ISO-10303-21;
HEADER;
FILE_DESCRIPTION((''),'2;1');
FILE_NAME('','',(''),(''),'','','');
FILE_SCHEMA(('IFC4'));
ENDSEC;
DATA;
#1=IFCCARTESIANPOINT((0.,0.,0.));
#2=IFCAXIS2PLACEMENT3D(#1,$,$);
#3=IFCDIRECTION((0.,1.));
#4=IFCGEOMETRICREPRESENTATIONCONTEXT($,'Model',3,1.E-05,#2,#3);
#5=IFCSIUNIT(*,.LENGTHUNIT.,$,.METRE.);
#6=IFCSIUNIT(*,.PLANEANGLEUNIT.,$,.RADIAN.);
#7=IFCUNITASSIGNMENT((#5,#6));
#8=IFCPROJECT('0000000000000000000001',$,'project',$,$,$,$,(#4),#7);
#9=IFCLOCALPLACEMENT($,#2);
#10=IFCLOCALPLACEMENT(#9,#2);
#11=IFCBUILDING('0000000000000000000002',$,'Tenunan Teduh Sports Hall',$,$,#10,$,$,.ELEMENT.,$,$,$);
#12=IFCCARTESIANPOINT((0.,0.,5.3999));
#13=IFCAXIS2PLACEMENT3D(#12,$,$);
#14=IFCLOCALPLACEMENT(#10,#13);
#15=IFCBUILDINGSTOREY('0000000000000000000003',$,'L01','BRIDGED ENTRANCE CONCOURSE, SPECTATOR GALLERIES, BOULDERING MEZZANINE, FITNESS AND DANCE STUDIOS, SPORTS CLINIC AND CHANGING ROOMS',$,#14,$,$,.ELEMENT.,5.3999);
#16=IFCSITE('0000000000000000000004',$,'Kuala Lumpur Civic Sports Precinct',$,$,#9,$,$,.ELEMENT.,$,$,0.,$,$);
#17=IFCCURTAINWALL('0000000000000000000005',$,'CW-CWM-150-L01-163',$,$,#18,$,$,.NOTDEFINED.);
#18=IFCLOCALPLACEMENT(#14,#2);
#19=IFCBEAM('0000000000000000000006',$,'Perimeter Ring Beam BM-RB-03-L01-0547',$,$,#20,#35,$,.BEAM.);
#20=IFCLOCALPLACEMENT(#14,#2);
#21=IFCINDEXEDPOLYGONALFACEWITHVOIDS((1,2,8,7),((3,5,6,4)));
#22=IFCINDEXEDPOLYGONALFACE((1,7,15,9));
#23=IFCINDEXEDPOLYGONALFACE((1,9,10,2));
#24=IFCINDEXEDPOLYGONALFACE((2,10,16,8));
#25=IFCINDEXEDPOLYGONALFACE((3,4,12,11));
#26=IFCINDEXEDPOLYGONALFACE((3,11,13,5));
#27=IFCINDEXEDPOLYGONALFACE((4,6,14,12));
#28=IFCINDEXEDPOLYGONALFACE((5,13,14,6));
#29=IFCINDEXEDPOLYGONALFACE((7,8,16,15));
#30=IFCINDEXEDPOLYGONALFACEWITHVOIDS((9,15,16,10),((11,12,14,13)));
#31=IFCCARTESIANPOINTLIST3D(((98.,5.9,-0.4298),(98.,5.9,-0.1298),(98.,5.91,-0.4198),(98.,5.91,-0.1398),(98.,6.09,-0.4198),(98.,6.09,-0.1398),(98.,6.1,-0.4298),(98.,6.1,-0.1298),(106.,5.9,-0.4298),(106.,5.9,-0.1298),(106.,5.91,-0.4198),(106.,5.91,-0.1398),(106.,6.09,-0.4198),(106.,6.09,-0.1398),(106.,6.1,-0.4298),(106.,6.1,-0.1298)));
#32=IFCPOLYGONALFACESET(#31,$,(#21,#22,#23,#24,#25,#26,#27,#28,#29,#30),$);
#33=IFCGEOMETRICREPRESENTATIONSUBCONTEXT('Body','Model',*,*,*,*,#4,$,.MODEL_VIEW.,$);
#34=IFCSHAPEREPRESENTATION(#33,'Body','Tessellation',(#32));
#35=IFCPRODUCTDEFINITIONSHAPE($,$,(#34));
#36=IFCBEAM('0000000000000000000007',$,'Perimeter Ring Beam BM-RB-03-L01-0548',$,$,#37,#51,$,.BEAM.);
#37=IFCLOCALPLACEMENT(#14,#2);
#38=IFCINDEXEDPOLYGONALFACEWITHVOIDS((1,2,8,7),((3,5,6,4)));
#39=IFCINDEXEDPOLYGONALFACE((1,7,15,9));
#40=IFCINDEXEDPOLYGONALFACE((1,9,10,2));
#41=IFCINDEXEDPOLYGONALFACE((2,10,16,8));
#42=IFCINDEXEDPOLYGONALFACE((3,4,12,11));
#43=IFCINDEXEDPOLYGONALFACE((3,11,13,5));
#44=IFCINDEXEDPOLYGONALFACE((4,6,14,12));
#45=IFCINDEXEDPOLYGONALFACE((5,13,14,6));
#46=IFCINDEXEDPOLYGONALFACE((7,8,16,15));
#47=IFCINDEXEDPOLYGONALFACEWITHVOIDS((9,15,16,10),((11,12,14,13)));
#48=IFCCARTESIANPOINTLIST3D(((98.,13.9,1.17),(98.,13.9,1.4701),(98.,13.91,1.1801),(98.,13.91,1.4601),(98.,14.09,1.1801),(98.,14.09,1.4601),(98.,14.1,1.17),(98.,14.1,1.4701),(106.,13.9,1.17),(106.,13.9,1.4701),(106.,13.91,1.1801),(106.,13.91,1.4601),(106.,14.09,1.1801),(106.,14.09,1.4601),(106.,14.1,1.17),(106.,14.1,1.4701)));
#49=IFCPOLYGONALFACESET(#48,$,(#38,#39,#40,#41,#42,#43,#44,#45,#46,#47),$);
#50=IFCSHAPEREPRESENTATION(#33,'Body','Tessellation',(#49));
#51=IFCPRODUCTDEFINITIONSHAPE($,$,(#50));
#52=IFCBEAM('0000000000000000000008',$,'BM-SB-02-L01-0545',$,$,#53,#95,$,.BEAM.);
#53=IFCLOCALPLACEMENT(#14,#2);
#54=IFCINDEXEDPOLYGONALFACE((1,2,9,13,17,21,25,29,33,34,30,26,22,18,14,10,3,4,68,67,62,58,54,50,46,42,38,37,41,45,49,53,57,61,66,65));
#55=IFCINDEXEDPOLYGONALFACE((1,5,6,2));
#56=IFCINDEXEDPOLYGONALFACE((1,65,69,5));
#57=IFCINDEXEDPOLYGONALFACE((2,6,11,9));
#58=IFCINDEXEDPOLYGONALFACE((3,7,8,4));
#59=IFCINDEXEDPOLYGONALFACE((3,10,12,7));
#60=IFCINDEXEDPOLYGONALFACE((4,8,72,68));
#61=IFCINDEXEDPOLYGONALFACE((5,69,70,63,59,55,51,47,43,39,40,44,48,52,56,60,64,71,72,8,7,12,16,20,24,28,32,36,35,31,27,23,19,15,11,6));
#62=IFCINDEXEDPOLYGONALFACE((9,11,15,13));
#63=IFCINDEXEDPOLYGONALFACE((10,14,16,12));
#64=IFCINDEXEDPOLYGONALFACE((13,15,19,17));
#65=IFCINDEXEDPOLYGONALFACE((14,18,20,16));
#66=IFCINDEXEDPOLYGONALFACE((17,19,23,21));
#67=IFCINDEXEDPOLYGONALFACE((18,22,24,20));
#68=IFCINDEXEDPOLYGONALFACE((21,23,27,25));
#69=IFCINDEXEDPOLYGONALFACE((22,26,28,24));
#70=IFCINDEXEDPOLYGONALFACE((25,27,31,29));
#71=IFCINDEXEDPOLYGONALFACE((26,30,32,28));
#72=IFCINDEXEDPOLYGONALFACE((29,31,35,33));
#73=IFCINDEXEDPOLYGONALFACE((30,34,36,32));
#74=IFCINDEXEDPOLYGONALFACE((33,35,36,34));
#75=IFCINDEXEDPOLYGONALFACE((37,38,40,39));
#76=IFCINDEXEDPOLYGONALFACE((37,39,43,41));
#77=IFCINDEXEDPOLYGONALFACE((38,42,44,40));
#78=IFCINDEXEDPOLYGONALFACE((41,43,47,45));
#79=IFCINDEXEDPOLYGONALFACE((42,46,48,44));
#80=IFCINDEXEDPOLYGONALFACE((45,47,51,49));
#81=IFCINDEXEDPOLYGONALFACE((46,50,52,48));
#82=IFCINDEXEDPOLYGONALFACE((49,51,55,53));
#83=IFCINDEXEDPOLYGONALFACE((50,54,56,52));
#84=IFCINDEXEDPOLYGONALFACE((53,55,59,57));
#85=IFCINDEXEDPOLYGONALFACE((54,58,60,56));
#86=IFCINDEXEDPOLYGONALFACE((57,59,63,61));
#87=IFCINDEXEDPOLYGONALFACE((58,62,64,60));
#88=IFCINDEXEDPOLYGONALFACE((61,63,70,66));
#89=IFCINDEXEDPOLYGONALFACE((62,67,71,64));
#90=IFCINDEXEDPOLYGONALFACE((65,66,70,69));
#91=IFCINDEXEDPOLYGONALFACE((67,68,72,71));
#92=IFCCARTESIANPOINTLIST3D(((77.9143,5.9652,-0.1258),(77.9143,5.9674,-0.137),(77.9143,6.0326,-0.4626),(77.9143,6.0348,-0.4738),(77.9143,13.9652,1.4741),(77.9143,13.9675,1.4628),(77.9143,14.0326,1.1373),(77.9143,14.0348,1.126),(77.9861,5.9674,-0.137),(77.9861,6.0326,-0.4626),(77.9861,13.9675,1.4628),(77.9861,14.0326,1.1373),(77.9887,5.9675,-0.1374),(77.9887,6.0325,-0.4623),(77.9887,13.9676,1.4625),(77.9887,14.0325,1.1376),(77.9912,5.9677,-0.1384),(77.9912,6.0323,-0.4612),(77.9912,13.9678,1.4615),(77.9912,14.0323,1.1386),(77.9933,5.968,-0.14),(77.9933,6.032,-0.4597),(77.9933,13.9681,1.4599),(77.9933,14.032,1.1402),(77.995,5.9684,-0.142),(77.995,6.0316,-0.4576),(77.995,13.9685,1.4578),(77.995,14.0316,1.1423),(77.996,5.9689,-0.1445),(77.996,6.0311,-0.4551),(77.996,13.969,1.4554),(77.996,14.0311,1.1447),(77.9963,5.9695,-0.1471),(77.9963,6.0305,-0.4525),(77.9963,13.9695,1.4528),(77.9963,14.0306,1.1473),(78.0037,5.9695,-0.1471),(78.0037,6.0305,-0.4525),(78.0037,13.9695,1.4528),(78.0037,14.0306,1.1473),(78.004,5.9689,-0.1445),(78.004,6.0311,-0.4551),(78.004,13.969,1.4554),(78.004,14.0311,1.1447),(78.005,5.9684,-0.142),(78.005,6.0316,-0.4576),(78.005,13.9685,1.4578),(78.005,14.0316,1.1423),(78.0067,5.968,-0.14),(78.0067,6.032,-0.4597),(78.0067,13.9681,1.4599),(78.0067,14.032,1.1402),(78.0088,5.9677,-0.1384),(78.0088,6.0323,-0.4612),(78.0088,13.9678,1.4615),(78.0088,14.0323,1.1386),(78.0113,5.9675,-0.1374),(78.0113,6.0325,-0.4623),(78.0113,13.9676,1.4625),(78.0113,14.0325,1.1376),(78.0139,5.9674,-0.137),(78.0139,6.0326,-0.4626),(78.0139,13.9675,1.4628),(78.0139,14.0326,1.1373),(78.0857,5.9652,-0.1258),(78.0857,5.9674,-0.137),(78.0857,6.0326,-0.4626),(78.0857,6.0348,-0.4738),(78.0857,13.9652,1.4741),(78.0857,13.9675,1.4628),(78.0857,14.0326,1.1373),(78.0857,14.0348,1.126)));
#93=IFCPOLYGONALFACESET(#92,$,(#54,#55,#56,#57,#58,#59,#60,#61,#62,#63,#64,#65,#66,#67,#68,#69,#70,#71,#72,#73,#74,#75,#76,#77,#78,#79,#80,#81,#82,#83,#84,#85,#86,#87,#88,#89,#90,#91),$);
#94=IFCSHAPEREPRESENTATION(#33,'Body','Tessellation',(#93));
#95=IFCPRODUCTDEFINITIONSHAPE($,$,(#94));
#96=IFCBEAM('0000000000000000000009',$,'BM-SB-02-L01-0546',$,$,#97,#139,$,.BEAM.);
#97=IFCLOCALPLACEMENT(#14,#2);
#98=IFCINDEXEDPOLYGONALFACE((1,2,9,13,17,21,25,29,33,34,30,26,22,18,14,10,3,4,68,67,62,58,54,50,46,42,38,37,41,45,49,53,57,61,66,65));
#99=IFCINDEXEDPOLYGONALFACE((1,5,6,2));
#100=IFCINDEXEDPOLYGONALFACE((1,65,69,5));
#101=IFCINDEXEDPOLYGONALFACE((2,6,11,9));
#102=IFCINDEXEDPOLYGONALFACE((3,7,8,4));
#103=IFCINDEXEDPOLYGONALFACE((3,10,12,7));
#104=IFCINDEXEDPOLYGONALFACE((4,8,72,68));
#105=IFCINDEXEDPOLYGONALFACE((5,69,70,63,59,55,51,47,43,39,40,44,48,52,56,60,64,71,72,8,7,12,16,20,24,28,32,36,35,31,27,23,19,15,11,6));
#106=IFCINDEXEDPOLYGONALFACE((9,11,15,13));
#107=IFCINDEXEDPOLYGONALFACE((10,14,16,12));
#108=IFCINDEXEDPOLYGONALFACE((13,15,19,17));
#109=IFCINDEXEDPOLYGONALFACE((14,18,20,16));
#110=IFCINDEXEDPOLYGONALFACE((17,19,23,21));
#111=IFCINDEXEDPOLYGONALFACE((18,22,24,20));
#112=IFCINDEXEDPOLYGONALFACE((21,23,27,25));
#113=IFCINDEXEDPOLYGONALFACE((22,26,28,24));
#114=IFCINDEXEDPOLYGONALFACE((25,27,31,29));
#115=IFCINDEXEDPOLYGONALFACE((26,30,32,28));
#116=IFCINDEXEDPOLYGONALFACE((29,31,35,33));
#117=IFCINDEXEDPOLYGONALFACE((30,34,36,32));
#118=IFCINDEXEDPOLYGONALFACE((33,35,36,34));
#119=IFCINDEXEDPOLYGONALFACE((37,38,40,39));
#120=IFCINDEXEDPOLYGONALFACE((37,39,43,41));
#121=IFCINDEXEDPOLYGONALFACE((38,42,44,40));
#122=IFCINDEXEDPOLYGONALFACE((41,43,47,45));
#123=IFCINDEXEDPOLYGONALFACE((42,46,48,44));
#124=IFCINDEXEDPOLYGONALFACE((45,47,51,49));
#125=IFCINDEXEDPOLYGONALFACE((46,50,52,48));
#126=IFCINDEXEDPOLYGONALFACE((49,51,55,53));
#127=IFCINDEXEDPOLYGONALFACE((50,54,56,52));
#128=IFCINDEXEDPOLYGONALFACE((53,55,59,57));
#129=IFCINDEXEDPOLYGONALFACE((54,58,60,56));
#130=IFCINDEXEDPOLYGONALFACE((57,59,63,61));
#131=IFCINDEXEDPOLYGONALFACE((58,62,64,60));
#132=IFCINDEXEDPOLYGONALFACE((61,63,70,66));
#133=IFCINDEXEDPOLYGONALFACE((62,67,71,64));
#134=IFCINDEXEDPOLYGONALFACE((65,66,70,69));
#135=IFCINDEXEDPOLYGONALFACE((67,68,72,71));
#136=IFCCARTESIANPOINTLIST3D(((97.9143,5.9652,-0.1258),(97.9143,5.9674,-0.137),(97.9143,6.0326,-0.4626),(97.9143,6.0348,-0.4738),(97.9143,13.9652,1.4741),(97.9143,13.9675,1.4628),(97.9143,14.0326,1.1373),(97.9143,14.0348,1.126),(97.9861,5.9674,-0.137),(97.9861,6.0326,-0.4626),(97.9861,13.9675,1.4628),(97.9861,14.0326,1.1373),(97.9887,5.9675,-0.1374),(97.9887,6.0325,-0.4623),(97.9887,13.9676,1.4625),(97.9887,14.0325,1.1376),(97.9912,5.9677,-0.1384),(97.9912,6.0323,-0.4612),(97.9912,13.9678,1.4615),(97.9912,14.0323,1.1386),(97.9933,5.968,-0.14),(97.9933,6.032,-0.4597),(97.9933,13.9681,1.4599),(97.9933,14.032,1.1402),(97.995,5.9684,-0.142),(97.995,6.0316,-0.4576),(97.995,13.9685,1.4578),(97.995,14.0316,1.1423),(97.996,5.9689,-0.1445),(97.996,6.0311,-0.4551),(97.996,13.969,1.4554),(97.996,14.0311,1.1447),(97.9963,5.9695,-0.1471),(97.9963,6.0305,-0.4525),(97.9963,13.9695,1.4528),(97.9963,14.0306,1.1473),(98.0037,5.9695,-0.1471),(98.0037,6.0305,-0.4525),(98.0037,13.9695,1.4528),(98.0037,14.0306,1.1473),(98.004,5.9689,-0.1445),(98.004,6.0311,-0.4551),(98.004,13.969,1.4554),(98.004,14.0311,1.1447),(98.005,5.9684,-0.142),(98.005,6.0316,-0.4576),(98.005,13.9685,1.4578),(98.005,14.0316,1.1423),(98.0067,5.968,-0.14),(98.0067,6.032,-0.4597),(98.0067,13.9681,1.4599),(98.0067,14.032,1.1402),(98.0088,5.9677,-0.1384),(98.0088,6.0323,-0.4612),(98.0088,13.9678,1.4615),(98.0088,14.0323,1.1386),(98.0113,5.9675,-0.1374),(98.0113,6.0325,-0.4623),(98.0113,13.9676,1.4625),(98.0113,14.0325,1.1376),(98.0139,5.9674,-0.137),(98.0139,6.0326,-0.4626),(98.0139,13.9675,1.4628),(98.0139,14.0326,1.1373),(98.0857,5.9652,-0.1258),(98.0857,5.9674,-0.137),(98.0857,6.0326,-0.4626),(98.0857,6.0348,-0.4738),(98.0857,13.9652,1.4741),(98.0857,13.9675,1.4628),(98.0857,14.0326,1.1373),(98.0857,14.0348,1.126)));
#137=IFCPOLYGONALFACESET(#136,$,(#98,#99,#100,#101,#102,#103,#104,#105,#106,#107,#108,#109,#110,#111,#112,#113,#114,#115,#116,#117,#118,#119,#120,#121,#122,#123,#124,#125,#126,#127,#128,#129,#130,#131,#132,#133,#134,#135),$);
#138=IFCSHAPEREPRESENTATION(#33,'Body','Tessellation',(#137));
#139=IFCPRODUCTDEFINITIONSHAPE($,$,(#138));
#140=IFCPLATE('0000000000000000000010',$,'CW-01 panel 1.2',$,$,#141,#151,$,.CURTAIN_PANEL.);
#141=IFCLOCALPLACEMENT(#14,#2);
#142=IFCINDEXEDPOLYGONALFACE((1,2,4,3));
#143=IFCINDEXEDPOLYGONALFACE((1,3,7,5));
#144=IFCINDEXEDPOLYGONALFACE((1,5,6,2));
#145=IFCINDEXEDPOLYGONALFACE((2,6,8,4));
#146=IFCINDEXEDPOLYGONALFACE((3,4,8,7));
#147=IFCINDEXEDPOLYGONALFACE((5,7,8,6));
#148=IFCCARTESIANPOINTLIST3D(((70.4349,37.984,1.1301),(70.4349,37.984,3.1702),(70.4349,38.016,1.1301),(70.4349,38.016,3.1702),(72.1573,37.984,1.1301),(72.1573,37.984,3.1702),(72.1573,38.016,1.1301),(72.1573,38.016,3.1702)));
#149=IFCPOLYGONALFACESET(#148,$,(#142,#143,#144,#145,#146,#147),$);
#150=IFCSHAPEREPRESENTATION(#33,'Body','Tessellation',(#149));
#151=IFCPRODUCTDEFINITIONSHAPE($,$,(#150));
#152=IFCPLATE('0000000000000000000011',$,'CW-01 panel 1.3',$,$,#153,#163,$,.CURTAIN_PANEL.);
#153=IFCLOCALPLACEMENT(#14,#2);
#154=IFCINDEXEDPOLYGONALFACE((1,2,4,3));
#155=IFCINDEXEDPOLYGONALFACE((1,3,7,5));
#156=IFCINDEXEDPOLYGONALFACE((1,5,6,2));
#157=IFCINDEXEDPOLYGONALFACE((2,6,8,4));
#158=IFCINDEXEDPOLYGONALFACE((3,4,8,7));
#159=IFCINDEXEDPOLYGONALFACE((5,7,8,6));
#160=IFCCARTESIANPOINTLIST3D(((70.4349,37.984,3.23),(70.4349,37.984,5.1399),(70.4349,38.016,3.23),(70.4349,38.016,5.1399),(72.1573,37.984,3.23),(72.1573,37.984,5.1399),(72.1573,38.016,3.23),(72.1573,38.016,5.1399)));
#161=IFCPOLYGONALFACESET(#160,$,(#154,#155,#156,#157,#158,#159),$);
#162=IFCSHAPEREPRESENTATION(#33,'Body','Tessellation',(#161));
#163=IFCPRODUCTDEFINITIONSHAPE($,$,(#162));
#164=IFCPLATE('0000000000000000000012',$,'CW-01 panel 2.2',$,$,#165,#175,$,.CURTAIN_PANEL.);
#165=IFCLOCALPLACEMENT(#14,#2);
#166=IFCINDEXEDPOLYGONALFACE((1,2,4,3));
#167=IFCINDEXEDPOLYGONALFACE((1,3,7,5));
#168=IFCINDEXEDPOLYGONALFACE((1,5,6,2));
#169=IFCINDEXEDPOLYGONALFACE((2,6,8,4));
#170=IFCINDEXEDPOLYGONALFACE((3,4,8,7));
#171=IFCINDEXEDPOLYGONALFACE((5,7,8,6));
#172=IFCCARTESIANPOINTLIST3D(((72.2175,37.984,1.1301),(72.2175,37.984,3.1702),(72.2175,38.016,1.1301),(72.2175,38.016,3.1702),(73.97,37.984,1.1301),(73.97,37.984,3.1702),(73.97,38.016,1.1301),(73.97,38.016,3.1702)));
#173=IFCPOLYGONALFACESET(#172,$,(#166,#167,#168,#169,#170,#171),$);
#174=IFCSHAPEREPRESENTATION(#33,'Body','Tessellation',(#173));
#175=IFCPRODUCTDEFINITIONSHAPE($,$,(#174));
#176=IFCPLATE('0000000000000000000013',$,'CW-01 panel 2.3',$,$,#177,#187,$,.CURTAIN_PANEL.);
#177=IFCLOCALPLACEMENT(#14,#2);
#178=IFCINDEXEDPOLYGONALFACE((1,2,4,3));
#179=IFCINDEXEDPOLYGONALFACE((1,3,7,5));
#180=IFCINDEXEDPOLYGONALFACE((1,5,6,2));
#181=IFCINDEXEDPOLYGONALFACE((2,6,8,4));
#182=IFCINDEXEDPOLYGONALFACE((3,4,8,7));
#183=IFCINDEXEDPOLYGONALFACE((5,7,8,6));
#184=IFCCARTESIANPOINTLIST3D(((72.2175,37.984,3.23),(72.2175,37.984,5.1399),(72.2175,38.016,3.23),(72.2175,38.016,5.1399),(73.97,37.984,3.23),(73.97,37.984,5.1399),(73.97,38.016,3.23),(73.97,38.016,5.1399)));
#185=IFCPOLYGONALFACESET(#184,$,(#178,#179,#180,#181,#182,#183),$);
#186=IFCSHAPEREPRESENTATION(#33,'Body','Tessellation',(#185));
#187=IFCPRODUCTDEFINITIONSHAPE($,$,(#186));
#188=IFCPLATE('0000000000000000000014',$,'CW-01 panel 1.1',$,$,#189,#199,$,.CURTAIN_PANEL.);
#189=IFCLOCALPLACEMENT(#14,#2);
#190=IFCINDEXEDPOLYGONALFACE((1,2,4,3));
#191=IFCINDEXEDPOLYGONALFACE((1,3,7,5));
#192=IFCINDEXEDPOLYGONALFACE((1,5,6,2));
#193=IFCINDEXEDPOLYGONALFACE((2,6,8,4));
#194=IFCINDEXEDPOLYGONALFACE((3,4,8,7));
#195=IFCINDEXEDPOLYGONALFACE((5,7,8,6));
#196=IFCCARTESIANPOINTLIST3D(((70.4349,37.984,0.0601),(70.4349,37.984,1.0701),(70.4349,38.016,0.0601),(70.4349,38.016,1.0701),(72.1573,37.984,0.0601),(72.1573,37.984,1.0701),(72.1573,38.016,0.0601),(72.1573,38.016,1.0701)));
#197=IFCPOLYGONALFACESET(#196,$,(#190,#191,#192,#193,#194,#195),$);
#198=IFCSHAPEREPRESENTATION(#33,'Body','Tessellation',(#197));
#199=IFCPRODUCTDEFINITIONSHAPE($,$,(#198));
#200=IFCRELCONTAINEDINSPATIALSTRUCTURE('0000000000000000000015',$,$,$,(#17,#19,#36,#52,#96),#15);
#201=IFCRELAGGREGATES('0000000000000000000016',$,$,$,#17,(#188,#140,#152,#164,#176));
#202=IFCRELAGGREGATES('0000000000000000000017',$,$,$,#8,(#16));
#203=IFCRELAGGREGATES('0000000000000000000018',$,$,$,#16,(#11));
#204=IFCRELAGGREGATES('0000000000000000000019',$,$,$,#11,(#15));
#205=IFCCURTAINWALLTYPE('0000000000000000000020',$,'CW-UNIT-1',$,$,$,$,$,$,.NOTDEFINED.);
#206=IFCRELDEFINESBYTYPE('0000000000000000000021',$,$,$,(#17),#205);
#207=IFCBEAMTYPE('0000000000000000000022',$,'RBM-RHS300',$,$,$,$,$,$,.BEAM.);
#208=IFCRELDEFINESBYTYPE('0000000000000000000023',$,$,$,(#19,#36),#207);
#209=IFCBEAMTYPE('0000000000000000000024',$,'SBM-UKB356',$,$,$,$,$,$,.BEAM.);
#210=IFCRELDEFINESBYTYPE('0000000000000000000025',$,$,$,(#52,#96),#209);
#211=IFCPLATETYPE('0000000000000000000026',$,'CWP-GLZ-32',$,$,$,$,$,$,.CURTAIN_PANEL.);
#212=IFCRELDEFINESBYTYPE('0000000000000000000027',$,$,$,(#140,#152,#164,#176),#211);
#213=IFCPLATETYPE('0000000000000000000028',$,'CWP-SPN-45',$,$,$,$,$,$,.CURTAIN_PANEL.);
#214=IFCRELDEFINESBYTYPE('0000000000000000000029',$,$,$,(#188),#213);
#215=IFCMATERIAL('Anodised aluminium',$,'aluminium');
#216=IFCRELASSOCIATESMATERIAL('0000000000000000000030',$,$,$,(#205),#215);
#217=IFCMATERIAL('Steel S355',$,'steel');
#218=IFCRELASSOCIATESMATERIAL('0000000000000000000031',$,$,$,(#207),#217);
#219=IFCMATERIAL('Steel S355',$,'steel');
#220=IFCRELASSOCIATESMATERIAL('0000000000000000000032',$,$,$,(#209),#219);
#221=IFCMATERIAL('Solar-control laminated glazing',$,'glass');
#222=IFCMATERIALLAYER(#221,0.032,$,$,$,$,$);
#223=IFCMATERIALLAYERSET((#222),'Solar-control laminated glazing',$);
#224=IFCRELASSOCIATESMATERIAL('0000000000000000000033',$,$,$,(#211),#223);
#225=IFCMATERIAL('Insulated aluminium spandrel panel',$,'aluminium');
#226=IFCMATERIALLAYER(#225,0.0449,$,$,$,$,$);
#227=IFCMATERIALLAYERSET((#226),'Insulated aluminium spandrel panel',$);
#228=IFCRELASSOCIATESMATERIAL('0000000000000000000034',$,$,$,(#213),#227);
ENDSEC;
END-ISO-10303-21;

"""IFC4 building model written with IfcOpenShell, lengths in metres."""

from ifc_helpers import new_model, si_unit, direction, frame, origin, origin_2d, place, context, subcontext, project, spatial, rectangle, hollow_rectangle, i_section, extrude, material, layer, layer_set, material_profile, profile_set, type_object, element, aggregate, save


model = new_model("IFC4")

# Units and contexts
model_context = context("Model", 3, precision=1e-05, world=origin(), true_north=direction((0.0, 1.0)))
body_context = subcontext(model_context, "Body", "Model", "MODEL_VIEW")
ifc_project = project(units=[si_unit("LENGTHUNIT", "METRE"), si_unit("PLANEANGLEUNIT", "RADIAN")], contexts=[model_context])

# Site, building, storey
site_placement = place(None, origin())
site = spatial("IfcSite", under=ifc_project, at=site_placement, Name="Kuala Lumpur Civic Sports Precinct", CompositionType="ELEMENT", RefElevation=0.0)
building_placement = place(site_placement, origin())
building = spatial("IfcBuilding", under=site, at=building_placement, Name="Tenunan Teduh Sports Hall", CompositionType="ELEMENT")
storey_placement = place(building_placement, frame((0.0, 0.0, 5.3999)))
storey = spatial("IfcBuildingStorey", under=building, at=storey_placement, Name="L01", Description="BRIDGED ENTRANCE CONCOURSE, SPECTATOR GALLERIES, BOULDERING MEZZANINE, FITNESS AND DANCE STUDIOS, SPORTS CLINIC AND CHANGING ROOMS", CompositionType="ELEMENT", Elevation=5.3999)

# Curtain wall
ifc_material_1 = material(Name="Anodised aluminium", Category="aluminium")
curtain_wall_type = type_object("IfcCurtainWallType", Name="CW-UNIT-1", PredefinedType="NOTDEFINED", material=ifc_material_1)
curtain_wall_placement = place(storey_placement, origin())
curtain_wall = element("IfcCurtainWall", 1, at=curtain_wall_placement, inside=storey, type_object=curtain_wall_type, Name="CW-CWM-150-L01-163", PredefinedType="NOTDEFINED")

# Beams
ifc_material_2 = material(Name="Steel S355", Category="steel")
ifc_material_profile_1 = material_profile(ifc_material_2, hollow_rectangle(XDim=0.2, YDim=0.3, WallThickness=0.01, at=origin_2d()), Name="RHS 300x200x10.0")
ifc_profile_set_1 = profile_set([ifc_material_profile_1], Name="Steel S355")
beam_type_1 = type_object("IfcBeamType", Name="RBM-RHS300", PredefinedType="BEAM", material=ifc_profile_set_1)
for number, where, z_axis, x_axis, name in (
    (2, (98.0, 6.0, -0.2798), (1.0, 0.0, 0.0), (0.0, 1.0, 0.0), "Perimeter Ring Beam BM-RB-03-L01-0547"),
    (3, (98.0, 14.0, 1.3201), (1.0, 0.0, 0.0), (0.0, 1.0, 0.0), "Perimeter Ring Beam BM-RB-03-L01-0548"),
):
    element("IfcBeam", number, at=place(storey_placement, frame(where, z_axis=z_axis, x_axis=x_axis)), inside=storey, type_object=beam_type_1, Name=name, PredefinedType="BEAM", context=body_context, shape_type="SweptSolid", body=[
        extrude(hollow_rectangle(XDim=0.2, YDim=0.3, WallThickness=0.01, at=origin_2d()), origin(), (0.0, 0.0, 1.0), 8.0),
    ])
ifc_material_3 = material(Name="Steel S355", Category="steel")
ifc_material_profile_2 = material_profile(ifc_material_3, i_section(OverallWidth=0.1714, OverallDepth=0.355, WebThickness=0.0073, FlangeThickness=0.0115, FilletRadius=0.0103, at=origin_2d()), Name="UKB 356x171x51")
ifc_profile_set_2 = profile_set([ifc_material_profile_2], Name="Steel S355")
beam_type_2 = type_object("IfcBeamType", Name="SBM-UKB356", PredefinedType="BEAM", material=ifc_profile_set_2)
for number, where, z_axis, x_axis, name in (
    (4, (78.0, 6.0, -0.2998), (0.0, 0.980584, 0.196099), (-1.0, 0.0, 0.0), "BM-SB-02-L01-0545"),
    (5, (98.0, 6.0, -0.2998), (0.0, 0.980584, 0.196099), (-1.0, 0.0, 0.0), "BM-SB-02-L01-0546"),
):
    element("IfcBeam", number, at=place(storey_placement, frame(where, z_axis=z_axis, x_axis=x_axis)), inside=storey, type_object=beam_type_2, Name=name, PredefinedType="BEAM", context=body_context, shape_type="SweptSolid", body=[
        extrude(i_section(OverallWidth=0.1714, OverallDepth=0.355, WebThickness=0.0073, FlangeThickness=0.0115, FilletRadius=0.0103, at=origin_2d()), origin(), (0.0, 0.0, 1.0), 8.1584),
    ])

# Plates
ifc_material_4 = material(Name="Solar-control laminated glazing", Category="glass")
ifc_layer_1 = layer(ifc_material_4, 0.032)
ifc_layer_set_1 = layer_set([ifc_layer_1], Name="Solar-control laminated glazing")
plate_type_1 = type_object("IfcPlateType", Name="CWP-GLZ-32", PredefinedType="CURTAIN_PANEL", material=ifc_layer_set_1)
plate_1_placement = place(storey_placement, frame((71.2961, 38.0, 1.1301), z_axis=(0.0, 0.0, 1.0), x_axis=(1.0, 0.0, 0.0)))
plate_1 = element("IfcPlate", 6, at=plate_1_placement, type_object=plate_type_1, Name="CW-01 panel 1.2", PredefinedType="CURTAIN_PANEL", context=body_context, shape_type="SweptSolid", body=[
    extrude(rectangle(XDim=1.7224, YDim=0.032, at=origin_2d()), origin(), (0.0, 0.0, 1.0), 2.04),
])
plate_2_placement = place(storey_placement, frame((71.2961, 38.0, 3.23), z_axis=(0.0, 0.0, 1.0), x_axis=(1.0, 0.0, 0.0)))
plate_2 = element("IfcPlate", 7, at=plate_2_placement, type_object=plate_type_1, Name="CW-01 panel 1.3", PredefinedType="CURTAIN_PANEL", context=body_context, shape_type="SweptSolid", body=[
    extrude(rectangle(XDim=1.7224, YDim=0.032, at=origin_2d()), origin(), (0.0, 0.0, 1.0), 1.9099),
])
plate_3_placement = place(storey_placement, frame((73.0938, 38.0, 1.1301), z_axis=(0.0, 0.0, 1.0), x_axis=(1.0, 0.0, 0.0)))
plate_3 = element("IfcPlate", 8, at=plate_3_placement, type_object=plate_type_1, Name="CW-01 panel 2.2", PredefinedType="CURTAIN_PANEL", context=body_context, shape_type="SweptSolid", body=[
    extrude(rectangle(XDim=1.7524, YDim=0.032, at=origin_2d()), origin(), (0.0, 0.0, 1.0), 2.04),
])
plate_4_placement = place(storey_placement, frame((73.0938, 38.0, 3.23), z_axis=(0.0, 0.0, 1.0), x_axis=(1.0, 0.0, 0.0)))
plate_4 = element("IfcPlate", 9, at=plate_4_placement, type_object=plate_type_1, Name="CW-01 panel 2.3", PredefinedType="CURTAIN_PANEL", context=body_context, shape_type="SweptSolid", body=[
    extrude(rectangle(XDim=1.7524, YDim=0.032, at=origin_2d()), origin(), (0.0, 0.0, 1.0), 1.9099),
])
ifc_material_5 = material(Name="Insulated aluminium spandrel panel", Category="aluminium")
ifc_layer_2 = layer(ifc_material_5, 0.0449)
ifc_layer_set_2 = layer_set([ifc_layer_2], Name="Insulated aluminium spandrel panel")
plate_type_2 = type_object("IfcPlateType", Name="CWP-SPN-45", PredefinedType="CURTAIN_PANEL", material=ifc_layer_set_2)
plate_5_placement = place(storey_placement, frame((71.2961, 38.0, 0.0601), z_axis=(0.0, 0.0, 1.0), x_axis=(1.0, 0.0, 0.0)))
plate_5 = element("IfcPlate", 10, at=plate_5_placement, type_object=plate_type_2, Name="CW-01 panel 1.1", PredefinedType="CURTAIN_PANEL", context=body_context, shape_type="SweptSolid", body=[
    extrude(rectangle(XDim=1.7224, YDim=0.032, at=origin_2d()), origin(), (0.0, 0.0, 1.0), 1.01),
])
aggregate(curtain_wall, [plate_5, plate_1, plate_2, plate_3, plate_4])

save(model, "model.ifc")
